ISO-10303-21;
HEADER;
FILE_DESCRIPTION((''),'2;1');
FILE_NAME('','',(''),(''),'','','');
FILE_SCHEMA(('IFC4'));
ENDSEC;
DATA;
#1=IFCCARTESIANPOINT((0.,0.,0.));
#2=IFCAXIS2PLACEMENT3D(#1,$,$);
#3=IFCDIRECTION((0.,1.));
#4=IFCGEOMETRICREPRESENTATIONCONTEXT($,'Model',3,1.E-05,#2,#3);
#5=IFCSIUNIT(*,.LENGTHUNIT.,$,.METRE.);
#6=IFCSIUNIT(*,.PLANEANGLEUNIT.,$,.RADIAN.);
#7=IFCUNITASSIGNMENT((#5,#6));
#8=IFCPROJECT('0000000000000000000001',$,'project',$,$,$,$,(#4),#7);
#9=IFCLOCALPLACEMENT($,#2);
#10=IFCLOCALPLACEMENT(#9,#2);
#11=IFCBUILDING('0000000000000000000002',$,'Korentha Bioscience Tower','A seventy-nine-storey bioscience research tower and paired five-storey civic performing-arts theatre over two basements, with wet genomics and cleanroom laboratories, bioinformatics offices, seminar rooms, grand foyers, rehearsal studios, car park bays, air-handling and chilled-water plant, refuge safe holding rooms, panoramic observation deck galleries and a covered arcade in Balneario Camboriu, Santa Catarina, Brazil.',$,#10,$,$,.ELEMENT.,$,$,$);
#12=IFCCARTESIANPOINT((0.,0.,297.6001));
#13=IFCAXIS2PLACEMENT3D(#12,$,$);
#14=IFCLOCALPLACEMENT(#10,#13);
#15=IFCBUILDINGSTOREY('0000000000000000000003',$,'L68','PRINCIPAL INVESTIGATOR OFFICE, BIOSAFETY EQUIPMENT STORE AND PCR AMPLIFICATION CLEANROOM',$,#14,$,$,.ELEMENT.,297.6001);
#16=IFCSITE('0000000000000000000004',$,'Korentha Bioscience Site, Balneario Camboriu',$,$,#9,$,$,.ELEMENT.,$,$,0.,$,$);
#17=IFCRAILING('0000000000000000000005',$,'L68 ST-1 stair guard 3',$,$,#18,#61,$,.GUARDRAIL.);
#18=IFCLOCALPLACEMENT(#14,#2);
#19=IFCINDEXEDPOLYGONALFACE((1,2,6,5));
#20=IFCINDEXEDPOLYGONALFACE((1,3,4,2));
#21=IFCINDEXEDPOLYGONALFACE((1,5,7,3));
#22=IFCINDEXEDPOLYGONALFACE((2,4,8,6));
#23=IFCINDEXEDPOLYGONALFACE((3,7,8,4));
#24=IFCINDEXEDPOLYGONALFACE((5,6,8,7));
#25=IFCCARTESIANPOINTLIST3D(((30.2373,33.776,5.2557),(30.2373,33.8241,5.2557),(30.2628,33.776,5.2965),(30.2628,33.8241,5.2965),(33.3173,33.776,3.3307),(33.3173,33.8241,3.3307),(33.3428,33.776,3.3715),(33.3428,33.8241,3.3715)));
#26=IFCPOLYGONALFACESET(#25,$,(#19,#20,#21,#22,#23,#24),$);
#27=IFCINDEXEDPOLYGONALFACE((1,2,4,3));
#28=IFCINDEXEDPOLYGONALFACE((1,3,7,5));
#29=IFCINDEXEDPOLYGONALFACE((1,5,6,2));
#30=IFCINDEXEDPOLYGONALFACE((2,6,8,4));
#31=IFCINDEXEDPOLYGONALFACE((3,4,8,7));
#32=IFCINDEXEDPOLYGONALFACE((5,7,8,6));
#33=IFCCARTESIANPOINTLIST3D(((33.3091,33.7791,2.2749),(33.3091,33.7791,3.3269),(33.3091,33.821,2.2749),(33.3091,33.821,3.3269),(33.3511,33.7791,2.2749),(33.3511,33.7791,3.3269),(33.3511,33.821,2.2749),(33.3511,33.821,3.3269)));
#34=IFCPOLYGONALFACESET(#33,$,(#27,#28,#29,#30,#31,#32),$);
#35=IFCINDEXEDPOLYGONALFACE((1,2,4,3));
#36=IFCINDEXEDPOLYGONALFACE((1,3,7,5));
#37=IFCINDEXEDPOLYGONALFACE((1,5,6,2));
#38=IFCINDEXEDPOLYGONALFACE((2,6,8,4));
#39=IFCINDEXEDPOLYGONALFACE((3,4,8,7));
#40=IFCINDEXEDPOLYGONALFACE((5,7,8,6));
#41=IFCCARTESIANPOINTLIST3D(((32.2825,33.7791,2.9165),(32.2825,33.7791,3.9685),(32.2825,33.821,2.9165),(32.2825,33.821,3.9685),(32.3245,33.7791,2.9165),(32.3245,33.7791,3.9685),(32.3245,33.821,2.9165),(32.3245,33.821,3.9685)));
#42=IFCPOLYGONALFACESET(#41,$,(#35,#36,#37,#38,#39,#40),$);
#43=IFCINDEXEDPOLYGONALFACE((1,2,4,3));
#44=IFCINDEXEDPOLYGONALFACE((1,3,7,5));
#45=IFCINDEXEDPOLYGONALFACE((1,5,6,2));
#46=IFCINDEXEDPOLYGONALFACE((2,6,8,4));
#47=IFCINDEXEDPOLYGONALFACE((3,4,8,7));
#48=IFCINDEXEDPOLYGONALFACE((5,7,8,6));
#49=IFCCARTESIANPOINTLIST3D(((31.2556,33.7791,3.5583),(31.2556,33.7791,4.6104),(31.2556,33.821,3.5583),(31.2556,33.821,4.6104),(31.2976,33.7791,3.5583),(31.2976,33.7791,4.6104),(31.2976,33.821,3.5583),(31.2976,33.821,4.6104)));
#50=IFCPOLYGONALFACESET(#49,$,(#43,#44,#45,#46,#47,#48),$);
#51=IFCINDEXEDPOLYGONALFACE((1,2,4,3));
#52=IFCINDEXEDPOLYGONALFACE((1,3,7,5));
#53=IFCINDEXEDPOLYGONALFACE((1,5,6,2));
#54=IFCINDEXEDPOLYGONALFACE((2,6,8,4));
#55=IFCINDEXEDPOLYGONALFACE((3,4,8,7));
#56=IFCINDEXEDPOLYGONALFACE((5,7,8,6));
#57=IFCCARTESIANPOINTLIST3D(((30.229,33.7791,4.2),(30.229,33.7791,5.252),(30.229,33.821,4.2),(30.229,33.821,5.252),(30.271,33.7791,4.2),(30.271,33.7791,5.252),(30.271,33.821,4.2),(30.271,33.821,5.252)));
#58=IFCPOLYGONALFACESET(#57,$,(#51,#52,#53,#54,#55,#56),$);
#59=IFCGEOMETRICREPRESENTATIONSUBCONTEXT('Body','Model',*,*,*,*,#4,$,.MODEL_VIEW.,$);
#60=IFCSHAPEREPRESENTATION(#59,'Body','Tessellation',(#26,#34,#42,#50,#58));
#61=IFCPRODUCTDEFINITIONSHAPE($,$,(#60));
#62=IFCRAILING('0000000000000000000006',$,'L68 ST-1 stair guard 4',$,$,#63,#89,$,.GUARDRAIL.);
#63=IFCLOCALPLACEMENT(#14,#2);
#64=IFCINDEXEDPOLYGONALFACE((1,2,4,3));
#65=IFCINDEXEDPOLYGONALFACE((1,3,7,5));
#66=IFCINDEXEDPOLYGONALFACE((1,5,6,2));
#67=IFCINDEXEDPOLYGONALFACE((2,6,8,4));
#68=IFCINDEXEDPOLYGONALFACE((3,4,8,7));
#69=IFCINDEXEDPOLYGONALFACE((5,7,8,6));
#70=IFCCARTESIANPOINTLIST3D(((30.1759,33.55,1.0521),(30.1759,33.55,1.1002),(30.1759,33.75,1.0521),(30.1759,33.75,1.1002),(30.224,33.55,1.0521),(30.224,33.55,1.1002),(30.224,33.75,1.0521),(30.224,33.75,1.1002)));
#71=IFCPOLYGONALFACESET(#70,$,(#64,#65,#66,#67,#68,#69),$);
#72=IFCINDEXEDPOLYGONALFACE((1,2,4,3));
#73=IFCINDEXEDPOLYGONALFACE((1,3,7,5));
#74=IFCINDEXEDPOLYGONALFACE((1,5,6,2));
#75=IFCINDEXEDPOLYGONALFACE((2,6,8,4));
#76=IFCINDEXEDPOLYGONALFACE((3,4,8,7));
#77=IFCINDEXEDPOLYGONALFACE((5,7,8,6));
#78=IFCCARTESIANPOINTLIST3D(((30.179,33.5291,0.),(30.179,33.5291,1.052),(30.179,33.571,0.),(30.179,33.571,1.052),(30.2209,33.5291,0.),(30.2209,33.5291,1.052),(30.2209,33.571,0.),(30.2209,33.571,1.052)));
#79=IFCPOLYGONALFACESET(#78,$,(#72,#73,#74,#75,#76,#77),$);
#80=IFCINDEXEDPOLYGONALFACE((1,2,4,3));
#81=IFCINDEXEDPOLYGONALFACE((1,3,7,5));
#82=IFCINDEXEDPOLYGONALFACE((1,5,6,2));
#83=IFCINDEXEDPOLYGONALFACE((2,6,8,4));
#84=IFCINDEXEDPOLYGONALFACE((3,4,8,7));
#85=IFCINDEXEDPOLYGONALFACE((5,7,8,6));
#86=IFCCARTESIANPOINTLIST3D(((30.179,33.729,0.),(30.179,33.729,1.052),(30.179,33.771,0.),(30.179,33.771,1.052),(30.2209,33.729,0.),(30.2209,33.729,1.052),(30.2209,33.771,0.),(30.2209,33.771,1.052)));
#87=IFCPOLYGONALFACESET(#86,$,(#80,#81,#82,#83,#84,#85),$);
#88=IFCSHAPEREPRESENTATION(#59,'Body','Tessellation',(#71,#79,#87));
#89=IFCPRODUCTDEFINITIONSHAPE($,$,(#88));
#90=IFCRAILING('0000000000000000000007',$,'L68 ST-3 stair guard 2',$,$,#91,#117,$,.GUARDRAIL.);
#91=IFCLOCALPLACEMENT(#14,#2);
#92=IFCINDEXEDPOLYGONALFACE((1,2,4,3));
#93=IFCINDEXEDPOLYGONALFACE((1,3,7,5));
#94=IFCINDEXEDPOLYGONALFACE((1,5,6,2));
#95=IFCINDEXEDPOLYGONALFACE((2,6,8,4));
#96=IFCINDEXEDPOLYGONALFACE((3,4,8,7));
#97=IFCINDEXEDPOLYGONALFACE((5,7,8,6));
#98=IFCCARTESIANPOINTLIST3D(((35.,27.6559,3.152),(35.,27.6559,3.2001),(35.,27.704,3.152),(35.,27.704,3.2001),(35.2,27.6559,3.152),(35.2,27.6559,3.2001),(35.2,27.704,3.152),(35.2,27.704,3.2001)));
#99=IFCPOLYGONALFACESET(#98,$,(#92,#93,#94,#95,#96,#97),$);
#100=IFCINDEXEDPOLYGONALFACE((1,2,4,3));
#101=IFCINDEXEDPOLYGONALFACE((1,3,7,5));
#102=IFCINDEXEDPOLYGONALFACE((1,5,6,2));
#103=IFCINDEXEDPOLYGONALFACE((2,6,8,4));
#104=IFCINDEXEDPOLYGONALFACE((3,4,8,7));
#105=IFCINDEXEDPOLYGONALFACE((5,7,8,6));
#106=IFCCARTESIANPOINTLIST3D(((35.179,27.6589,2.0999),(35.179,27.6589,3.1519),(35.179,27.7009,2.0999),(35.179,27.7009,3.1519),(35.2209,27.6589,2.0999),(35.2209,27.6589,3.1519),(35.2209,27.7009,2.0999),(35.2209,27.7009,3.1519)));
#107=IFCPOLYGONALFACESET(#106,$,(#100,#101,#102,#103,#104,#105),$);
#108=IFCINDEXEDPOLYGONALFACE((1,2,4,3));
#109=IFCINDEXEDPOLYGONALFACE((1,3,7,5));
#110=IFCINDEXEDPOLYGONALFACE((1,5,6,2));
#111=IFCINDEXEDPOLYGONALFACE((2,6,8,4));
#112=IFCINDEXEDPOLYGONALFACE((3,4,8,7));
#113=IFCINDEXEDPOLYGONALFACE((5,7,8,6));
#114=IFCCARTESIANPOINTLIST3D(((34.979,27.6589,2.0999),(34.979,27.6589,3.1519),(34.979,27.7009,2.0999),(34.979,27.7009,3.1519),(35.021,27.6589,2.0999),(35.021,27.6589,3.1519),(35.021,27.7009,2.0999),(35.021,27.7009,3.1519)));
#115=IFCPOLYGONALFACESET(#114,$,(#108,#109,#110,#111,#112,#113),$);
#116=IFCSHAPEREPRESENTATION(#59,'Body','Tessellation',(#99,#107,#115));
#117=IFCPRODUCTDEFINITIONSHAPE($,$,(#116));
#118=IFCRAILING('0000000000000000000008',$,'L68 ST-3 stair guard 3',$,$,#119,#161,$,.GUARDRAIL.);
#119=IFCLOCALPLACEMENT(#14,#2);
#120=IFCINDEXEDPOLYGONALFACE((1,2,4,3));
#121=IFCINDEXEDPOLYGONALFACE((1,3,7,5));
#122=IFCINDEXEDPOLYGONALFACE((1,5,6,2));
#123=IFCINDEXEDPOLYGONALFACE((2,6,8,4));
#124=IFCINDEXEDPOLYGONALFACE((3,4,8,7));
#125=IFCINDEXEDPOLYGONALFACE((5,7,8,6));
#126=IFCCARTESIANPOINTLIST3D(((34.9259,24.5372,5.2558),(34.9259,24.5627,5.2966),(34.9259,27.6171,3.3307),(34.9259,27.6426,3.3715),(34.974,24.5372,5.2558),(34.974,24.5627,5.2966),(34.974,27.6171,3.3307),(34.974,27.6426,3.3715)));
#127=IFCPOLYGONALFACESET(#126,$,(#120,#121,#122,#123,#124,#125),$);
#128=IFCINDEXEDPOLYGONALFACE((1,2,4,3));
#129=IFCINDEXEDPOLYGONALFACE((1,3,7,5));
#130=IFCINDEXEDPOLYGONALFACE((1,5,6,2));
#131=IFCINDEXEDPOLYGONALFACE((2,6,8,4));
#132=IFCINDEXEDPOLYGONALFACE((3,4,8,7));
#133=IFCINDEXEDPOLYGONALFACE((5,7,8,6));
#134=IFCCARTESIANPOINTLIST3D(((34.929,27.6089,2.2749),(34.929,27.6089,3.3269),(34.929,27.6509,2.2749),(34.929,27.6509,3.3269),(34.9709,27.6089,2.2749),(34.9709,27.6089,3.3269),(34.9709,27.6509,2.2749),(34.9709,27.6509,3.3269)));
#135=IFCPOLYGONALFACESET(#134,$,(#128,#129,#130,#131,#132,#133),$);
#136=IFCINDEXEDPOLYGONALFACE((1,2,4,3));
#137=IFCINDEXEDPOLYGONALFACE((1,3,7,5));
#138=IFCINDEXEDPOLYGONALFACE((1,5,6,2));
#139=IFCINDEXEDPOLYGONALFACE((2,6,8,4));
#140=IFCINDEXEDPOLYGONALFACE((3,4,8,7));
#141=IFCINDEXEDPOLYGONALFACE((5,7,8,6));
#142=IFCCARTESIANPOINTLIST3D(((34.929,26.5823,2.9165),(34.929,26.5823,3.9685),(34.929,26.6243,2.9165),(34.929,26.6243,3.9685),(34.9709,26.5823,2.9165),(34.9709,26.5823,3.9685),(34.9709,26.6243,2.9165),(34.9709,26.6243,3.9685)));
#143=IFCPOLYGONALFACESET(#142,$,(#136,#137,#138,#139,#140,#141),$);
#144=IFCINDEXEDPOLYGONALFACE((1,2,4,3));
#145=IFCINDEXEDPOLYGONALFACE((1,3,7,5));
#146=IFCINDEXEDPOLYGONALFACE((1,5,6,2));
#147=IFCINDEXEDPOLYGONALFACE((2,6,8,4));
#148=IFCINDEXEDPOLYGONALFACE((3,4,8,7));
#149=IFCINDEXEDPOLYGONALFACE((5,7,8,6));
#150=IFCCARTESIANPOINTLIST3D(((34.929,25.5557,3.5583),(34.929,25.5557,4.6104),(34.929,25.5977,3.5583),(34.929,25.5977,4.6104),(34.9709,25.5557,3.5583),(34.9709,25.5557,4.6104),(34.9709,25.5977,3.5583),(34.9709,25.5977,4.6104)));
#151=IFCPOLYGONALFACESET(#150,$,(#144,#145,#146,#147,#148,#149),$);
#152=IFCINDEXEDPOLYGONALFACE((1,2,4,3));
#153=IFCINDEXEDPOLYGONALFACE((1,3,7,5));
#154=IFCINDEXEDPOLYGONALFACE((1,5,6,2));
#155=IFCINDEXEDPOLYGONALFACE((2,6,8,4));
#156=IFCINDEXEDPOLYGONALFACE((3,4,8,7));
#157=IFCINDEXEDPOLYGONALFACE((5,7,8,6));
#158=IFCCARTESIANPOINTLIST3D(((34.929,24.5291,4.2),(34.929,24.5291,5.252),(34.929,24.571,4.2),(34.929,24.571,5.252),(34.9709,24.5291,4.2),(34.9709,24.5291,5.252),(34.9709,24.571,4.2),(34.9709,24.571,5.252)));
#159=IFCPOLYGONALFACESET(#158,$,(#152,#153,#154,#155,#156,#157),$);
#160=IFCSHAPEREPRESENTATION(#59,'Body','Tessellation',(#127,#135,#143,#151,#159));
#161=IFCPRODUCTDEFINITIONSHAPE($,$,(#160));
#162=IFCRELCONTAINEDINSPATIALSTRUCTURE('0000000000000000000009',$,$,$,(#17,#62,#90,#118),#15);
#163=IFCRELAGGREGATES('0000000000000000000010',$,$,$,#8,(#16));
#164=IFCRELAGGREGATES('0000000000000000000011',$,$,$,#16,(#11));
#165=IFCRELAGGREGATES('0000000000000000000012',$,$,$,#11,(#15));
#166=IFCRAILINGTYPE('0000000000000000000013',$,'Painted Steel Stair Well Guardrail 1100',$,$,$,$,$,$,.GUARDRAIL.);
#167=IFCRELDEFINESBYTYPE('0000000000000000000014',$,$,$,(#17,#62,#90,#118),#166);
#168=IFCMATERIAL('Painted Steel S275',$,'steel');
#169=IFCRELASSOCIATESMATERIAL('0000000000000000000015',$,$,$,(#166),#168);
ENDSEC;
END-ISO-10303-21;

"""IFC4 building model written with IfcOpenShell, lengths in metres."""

from ifc_helpers import new_model, si_unit, direction, frame, origin, origin_2d, place, context, subcontext, project, spatial, rectangle, extrude, material, type_object, element, save


model = new_model("IFC4")

# Units and contexts
model_context = context("Model", 3, precision=1e-05, world=origin(), true_north=direction((0.0, 1.0)))
body_context = subcontext(model_context, "Body", "Model", "MODEL_VIEW")
ifc_project = project(units=[si_unit("LENGTHUNIT", "METRE"), si_unit("PLANEANGLEUNIT", "RADIAN")], contexts=[model_context])

# Site, building, storey
site_placement = place(None, origin())
site = spatial("IfcSite", under=ifc_project, at=site_placement, Name="Korentha Bioscience Site, Balneario Camboriu", CompositionType="ELEMENT", RefElevation=0.0)
building_placement = place(site_placement, origin())
building = spatial("IfcBuilding", under=site, at=building_placement, Name="Korentha Bioscience Tower", Description="A seventy-nine-storey bioscience research tower and paired five-storey civic performing-arts theatre over two basements, with wet genomics and cleanroom laboratories, bioinformatics offices, seminar rooms, grand foyers, rehearsal studios, car park bays, air-handling and chilled-water plant, refuge safe holding rooms, panoramic observation deck galleries and a covered arcade in Balneario Camboriu, Santa Catarina, Brazil.", CompositionType="ELEMENT")
storey_placement = place(building_placement, frame((0.0, 0.0, 297.6001)))
storey = spatial("IfcBuildingStorey", under=building, at=storey_placement, Name="L68", Description="PRINCIPAL INVESTIGATOR OFFICE, BIOSAFETY EQUIPMENT STORE AND PCR AMPLIFICATION CLEANROOM", CompositionType="ELEMENT", Elevation=297.6001)

# Railings
ifc_material_1 = material(Name="Painted Steel S275", Category="steel")
railing_type_1 = type_object("IfcRailingType", Name="Painted Steel Stair Well Guardrail 1100", PredefinedType="GUARDRAIL", material=ifc_material_1)
railing_1_placement = place(storey_placement, frame((33.3301, 33.8, 2.2749)))
element("IfcRailing", 1, at=railing_1_placement, inside=storey, type_object=railing_type_1, Name="L68 ST-1 stair guard 3", PredefinedType="GUARDRAIL", context=body_context, shape_type="SweptSolid", body=[
    extrude(rectangle(XDim=0.0481, YDim=0.0481, at=origin_2d()), frame((0.0, 0.0, 1.0762), z_axis=(-0.847998, 0.0, 0.529999), x_axis=(0.0, -1.0, 0.0)), (0.0, 0.0, 1.0), 3.6321),
    extrude(rectangle(XDim=0.042, YDim=0.042, at=origin_2d()), origin(), (0.0, 0.0, 1.0), 1.052),
    extrude(rectangle(XDim=0.042, YDim=0.042, at=origin_2d()), frame((-1.0266, 0.0, 0.6416)), (0.0, 0.0, 1.0), 1.052),
    extrude(rectangle(XDim=0.042, YDim=0.042, at=origin_2d()), frame((-2.0535, 0.0, 1.2834)), (0.0, 0.0, 1.0), 1.052),
    extrude(rectangle(XDim=0.042, YDim=0.042, at=origin_2d()), frame((-3.0801, 0.0, 1.925)), (0.0, 0.0, 1.0), 1.052),
])
railing_2_placement = place(storey_placement, frame((30.2, 33.55, 0.0)))
element("IfcRailing", 2, at=railing_2_placement, inside=storey, type_object=railing_type_1, Name="L68 ST-1 stair guard 4", PredefinedType="GUARDRAIL", context=body_context, shape_type="SweptSolid", body=[
    extrude(rectangle(XDim=0.0481, YDim=0.0481, at=origin_2d()), frame((0.0, 0.0, 1.0762), z_axis=(0.0, 1.0, 0.0), x_axis=(-1.0, 0.0, 0.0)), (0.0, 0.0, 1.0), 0.2),
    extrude(rectangle(XDim=0.042, YDim=0.042, at=origin_2d()), origin(), (0.0, 0.0, 1.0), 1.052),
    extrude(rectangle(XDim=0.042, YDim=0.042, at=origin_2d()), frame((0.0, 0.2, 0.0)), (0.0, 0.0, 1.0), 1.052),
])
railing_3_placement = place(storey_placement, frame((35.2, 27.6799, 2.0999)))
element("IfcRailing", 3, at=railing_3_placement, inside=storey, type_object=railing_type_1, Name="L68 ST-3 stair guard 2", PredefinedType="GUARDRAIL", context=body_context, shape_type="SweptSolid", body=[
    extrude(rectangle(XDim=0.0481, YDim=0.0481, at=origin_2d()), frame((0.0, 0.0, 1.0762), z_axis=(-1.0, 0.0, 0.0), x_axis=(0.0, -1.0, 0.0)), (0.0, 0.0, 1.0), 0.2),
    extrude(rectangle(XDim=0.042, YDim=0.042, at=origin_2d()), origin(), (0.0, 0.0, 1.0), 1.052),
    extrude(rectangle(XDim=0.042, YDim=0.042, at=origin_2d()), frame((-0.2, 0.0, 0.0)), (0.0, 0.0, 1.0), 1.052),
])
railing_4_placement = place(storey_placement, frame((34.95, 27.6299, 2.2749)))
element("IfcRailing", 4, at=railing_4_placement, inside=storey, type_object=railing_type_1, Name="L68 ST-3 stair guard 3", PredefinedType="GUARDRAIL", context=body_context, shape_type="SweptSolid", body=[
    extrude(rectangle(XDim=0.0481, YDim=0.0481, at=origin_2d()), frame((0.0, 0.0, 1.0762), z_axis=(0.0, -0.847979, 0.530029), x_axis=(1.0, 0.0, 0.0)), (0.0, 0.0, 1.0), 3.6321),
    extrude(rectangle(XDim=0.042, YDim=0.042, at=origin_2d()), origin(), (0.0, 0.0, 1.0), 1.052),
    extrude(rectangle(XDim=0.042, YDim=0.042, at=origin_2d()), frame((0.0, -1.0266, 0.6416)), (0.0, 0.0, 1.0), 1.052),
    extrude(rectangle(XDim=0.042, YDim=0.042, at=origin_2d()), frame((0.0, -2.0532, 1.2834)), (0.0, 0.0, 1.0), 1.052),
    extrude(rectangle(XDim=0.042, YDim=0.042, at=origin_2d()), frame((0.0, -3.0798, 1.925)), (0.0, 0.0, 1.0), 1.052),
])

save(model, "model.ifc")
